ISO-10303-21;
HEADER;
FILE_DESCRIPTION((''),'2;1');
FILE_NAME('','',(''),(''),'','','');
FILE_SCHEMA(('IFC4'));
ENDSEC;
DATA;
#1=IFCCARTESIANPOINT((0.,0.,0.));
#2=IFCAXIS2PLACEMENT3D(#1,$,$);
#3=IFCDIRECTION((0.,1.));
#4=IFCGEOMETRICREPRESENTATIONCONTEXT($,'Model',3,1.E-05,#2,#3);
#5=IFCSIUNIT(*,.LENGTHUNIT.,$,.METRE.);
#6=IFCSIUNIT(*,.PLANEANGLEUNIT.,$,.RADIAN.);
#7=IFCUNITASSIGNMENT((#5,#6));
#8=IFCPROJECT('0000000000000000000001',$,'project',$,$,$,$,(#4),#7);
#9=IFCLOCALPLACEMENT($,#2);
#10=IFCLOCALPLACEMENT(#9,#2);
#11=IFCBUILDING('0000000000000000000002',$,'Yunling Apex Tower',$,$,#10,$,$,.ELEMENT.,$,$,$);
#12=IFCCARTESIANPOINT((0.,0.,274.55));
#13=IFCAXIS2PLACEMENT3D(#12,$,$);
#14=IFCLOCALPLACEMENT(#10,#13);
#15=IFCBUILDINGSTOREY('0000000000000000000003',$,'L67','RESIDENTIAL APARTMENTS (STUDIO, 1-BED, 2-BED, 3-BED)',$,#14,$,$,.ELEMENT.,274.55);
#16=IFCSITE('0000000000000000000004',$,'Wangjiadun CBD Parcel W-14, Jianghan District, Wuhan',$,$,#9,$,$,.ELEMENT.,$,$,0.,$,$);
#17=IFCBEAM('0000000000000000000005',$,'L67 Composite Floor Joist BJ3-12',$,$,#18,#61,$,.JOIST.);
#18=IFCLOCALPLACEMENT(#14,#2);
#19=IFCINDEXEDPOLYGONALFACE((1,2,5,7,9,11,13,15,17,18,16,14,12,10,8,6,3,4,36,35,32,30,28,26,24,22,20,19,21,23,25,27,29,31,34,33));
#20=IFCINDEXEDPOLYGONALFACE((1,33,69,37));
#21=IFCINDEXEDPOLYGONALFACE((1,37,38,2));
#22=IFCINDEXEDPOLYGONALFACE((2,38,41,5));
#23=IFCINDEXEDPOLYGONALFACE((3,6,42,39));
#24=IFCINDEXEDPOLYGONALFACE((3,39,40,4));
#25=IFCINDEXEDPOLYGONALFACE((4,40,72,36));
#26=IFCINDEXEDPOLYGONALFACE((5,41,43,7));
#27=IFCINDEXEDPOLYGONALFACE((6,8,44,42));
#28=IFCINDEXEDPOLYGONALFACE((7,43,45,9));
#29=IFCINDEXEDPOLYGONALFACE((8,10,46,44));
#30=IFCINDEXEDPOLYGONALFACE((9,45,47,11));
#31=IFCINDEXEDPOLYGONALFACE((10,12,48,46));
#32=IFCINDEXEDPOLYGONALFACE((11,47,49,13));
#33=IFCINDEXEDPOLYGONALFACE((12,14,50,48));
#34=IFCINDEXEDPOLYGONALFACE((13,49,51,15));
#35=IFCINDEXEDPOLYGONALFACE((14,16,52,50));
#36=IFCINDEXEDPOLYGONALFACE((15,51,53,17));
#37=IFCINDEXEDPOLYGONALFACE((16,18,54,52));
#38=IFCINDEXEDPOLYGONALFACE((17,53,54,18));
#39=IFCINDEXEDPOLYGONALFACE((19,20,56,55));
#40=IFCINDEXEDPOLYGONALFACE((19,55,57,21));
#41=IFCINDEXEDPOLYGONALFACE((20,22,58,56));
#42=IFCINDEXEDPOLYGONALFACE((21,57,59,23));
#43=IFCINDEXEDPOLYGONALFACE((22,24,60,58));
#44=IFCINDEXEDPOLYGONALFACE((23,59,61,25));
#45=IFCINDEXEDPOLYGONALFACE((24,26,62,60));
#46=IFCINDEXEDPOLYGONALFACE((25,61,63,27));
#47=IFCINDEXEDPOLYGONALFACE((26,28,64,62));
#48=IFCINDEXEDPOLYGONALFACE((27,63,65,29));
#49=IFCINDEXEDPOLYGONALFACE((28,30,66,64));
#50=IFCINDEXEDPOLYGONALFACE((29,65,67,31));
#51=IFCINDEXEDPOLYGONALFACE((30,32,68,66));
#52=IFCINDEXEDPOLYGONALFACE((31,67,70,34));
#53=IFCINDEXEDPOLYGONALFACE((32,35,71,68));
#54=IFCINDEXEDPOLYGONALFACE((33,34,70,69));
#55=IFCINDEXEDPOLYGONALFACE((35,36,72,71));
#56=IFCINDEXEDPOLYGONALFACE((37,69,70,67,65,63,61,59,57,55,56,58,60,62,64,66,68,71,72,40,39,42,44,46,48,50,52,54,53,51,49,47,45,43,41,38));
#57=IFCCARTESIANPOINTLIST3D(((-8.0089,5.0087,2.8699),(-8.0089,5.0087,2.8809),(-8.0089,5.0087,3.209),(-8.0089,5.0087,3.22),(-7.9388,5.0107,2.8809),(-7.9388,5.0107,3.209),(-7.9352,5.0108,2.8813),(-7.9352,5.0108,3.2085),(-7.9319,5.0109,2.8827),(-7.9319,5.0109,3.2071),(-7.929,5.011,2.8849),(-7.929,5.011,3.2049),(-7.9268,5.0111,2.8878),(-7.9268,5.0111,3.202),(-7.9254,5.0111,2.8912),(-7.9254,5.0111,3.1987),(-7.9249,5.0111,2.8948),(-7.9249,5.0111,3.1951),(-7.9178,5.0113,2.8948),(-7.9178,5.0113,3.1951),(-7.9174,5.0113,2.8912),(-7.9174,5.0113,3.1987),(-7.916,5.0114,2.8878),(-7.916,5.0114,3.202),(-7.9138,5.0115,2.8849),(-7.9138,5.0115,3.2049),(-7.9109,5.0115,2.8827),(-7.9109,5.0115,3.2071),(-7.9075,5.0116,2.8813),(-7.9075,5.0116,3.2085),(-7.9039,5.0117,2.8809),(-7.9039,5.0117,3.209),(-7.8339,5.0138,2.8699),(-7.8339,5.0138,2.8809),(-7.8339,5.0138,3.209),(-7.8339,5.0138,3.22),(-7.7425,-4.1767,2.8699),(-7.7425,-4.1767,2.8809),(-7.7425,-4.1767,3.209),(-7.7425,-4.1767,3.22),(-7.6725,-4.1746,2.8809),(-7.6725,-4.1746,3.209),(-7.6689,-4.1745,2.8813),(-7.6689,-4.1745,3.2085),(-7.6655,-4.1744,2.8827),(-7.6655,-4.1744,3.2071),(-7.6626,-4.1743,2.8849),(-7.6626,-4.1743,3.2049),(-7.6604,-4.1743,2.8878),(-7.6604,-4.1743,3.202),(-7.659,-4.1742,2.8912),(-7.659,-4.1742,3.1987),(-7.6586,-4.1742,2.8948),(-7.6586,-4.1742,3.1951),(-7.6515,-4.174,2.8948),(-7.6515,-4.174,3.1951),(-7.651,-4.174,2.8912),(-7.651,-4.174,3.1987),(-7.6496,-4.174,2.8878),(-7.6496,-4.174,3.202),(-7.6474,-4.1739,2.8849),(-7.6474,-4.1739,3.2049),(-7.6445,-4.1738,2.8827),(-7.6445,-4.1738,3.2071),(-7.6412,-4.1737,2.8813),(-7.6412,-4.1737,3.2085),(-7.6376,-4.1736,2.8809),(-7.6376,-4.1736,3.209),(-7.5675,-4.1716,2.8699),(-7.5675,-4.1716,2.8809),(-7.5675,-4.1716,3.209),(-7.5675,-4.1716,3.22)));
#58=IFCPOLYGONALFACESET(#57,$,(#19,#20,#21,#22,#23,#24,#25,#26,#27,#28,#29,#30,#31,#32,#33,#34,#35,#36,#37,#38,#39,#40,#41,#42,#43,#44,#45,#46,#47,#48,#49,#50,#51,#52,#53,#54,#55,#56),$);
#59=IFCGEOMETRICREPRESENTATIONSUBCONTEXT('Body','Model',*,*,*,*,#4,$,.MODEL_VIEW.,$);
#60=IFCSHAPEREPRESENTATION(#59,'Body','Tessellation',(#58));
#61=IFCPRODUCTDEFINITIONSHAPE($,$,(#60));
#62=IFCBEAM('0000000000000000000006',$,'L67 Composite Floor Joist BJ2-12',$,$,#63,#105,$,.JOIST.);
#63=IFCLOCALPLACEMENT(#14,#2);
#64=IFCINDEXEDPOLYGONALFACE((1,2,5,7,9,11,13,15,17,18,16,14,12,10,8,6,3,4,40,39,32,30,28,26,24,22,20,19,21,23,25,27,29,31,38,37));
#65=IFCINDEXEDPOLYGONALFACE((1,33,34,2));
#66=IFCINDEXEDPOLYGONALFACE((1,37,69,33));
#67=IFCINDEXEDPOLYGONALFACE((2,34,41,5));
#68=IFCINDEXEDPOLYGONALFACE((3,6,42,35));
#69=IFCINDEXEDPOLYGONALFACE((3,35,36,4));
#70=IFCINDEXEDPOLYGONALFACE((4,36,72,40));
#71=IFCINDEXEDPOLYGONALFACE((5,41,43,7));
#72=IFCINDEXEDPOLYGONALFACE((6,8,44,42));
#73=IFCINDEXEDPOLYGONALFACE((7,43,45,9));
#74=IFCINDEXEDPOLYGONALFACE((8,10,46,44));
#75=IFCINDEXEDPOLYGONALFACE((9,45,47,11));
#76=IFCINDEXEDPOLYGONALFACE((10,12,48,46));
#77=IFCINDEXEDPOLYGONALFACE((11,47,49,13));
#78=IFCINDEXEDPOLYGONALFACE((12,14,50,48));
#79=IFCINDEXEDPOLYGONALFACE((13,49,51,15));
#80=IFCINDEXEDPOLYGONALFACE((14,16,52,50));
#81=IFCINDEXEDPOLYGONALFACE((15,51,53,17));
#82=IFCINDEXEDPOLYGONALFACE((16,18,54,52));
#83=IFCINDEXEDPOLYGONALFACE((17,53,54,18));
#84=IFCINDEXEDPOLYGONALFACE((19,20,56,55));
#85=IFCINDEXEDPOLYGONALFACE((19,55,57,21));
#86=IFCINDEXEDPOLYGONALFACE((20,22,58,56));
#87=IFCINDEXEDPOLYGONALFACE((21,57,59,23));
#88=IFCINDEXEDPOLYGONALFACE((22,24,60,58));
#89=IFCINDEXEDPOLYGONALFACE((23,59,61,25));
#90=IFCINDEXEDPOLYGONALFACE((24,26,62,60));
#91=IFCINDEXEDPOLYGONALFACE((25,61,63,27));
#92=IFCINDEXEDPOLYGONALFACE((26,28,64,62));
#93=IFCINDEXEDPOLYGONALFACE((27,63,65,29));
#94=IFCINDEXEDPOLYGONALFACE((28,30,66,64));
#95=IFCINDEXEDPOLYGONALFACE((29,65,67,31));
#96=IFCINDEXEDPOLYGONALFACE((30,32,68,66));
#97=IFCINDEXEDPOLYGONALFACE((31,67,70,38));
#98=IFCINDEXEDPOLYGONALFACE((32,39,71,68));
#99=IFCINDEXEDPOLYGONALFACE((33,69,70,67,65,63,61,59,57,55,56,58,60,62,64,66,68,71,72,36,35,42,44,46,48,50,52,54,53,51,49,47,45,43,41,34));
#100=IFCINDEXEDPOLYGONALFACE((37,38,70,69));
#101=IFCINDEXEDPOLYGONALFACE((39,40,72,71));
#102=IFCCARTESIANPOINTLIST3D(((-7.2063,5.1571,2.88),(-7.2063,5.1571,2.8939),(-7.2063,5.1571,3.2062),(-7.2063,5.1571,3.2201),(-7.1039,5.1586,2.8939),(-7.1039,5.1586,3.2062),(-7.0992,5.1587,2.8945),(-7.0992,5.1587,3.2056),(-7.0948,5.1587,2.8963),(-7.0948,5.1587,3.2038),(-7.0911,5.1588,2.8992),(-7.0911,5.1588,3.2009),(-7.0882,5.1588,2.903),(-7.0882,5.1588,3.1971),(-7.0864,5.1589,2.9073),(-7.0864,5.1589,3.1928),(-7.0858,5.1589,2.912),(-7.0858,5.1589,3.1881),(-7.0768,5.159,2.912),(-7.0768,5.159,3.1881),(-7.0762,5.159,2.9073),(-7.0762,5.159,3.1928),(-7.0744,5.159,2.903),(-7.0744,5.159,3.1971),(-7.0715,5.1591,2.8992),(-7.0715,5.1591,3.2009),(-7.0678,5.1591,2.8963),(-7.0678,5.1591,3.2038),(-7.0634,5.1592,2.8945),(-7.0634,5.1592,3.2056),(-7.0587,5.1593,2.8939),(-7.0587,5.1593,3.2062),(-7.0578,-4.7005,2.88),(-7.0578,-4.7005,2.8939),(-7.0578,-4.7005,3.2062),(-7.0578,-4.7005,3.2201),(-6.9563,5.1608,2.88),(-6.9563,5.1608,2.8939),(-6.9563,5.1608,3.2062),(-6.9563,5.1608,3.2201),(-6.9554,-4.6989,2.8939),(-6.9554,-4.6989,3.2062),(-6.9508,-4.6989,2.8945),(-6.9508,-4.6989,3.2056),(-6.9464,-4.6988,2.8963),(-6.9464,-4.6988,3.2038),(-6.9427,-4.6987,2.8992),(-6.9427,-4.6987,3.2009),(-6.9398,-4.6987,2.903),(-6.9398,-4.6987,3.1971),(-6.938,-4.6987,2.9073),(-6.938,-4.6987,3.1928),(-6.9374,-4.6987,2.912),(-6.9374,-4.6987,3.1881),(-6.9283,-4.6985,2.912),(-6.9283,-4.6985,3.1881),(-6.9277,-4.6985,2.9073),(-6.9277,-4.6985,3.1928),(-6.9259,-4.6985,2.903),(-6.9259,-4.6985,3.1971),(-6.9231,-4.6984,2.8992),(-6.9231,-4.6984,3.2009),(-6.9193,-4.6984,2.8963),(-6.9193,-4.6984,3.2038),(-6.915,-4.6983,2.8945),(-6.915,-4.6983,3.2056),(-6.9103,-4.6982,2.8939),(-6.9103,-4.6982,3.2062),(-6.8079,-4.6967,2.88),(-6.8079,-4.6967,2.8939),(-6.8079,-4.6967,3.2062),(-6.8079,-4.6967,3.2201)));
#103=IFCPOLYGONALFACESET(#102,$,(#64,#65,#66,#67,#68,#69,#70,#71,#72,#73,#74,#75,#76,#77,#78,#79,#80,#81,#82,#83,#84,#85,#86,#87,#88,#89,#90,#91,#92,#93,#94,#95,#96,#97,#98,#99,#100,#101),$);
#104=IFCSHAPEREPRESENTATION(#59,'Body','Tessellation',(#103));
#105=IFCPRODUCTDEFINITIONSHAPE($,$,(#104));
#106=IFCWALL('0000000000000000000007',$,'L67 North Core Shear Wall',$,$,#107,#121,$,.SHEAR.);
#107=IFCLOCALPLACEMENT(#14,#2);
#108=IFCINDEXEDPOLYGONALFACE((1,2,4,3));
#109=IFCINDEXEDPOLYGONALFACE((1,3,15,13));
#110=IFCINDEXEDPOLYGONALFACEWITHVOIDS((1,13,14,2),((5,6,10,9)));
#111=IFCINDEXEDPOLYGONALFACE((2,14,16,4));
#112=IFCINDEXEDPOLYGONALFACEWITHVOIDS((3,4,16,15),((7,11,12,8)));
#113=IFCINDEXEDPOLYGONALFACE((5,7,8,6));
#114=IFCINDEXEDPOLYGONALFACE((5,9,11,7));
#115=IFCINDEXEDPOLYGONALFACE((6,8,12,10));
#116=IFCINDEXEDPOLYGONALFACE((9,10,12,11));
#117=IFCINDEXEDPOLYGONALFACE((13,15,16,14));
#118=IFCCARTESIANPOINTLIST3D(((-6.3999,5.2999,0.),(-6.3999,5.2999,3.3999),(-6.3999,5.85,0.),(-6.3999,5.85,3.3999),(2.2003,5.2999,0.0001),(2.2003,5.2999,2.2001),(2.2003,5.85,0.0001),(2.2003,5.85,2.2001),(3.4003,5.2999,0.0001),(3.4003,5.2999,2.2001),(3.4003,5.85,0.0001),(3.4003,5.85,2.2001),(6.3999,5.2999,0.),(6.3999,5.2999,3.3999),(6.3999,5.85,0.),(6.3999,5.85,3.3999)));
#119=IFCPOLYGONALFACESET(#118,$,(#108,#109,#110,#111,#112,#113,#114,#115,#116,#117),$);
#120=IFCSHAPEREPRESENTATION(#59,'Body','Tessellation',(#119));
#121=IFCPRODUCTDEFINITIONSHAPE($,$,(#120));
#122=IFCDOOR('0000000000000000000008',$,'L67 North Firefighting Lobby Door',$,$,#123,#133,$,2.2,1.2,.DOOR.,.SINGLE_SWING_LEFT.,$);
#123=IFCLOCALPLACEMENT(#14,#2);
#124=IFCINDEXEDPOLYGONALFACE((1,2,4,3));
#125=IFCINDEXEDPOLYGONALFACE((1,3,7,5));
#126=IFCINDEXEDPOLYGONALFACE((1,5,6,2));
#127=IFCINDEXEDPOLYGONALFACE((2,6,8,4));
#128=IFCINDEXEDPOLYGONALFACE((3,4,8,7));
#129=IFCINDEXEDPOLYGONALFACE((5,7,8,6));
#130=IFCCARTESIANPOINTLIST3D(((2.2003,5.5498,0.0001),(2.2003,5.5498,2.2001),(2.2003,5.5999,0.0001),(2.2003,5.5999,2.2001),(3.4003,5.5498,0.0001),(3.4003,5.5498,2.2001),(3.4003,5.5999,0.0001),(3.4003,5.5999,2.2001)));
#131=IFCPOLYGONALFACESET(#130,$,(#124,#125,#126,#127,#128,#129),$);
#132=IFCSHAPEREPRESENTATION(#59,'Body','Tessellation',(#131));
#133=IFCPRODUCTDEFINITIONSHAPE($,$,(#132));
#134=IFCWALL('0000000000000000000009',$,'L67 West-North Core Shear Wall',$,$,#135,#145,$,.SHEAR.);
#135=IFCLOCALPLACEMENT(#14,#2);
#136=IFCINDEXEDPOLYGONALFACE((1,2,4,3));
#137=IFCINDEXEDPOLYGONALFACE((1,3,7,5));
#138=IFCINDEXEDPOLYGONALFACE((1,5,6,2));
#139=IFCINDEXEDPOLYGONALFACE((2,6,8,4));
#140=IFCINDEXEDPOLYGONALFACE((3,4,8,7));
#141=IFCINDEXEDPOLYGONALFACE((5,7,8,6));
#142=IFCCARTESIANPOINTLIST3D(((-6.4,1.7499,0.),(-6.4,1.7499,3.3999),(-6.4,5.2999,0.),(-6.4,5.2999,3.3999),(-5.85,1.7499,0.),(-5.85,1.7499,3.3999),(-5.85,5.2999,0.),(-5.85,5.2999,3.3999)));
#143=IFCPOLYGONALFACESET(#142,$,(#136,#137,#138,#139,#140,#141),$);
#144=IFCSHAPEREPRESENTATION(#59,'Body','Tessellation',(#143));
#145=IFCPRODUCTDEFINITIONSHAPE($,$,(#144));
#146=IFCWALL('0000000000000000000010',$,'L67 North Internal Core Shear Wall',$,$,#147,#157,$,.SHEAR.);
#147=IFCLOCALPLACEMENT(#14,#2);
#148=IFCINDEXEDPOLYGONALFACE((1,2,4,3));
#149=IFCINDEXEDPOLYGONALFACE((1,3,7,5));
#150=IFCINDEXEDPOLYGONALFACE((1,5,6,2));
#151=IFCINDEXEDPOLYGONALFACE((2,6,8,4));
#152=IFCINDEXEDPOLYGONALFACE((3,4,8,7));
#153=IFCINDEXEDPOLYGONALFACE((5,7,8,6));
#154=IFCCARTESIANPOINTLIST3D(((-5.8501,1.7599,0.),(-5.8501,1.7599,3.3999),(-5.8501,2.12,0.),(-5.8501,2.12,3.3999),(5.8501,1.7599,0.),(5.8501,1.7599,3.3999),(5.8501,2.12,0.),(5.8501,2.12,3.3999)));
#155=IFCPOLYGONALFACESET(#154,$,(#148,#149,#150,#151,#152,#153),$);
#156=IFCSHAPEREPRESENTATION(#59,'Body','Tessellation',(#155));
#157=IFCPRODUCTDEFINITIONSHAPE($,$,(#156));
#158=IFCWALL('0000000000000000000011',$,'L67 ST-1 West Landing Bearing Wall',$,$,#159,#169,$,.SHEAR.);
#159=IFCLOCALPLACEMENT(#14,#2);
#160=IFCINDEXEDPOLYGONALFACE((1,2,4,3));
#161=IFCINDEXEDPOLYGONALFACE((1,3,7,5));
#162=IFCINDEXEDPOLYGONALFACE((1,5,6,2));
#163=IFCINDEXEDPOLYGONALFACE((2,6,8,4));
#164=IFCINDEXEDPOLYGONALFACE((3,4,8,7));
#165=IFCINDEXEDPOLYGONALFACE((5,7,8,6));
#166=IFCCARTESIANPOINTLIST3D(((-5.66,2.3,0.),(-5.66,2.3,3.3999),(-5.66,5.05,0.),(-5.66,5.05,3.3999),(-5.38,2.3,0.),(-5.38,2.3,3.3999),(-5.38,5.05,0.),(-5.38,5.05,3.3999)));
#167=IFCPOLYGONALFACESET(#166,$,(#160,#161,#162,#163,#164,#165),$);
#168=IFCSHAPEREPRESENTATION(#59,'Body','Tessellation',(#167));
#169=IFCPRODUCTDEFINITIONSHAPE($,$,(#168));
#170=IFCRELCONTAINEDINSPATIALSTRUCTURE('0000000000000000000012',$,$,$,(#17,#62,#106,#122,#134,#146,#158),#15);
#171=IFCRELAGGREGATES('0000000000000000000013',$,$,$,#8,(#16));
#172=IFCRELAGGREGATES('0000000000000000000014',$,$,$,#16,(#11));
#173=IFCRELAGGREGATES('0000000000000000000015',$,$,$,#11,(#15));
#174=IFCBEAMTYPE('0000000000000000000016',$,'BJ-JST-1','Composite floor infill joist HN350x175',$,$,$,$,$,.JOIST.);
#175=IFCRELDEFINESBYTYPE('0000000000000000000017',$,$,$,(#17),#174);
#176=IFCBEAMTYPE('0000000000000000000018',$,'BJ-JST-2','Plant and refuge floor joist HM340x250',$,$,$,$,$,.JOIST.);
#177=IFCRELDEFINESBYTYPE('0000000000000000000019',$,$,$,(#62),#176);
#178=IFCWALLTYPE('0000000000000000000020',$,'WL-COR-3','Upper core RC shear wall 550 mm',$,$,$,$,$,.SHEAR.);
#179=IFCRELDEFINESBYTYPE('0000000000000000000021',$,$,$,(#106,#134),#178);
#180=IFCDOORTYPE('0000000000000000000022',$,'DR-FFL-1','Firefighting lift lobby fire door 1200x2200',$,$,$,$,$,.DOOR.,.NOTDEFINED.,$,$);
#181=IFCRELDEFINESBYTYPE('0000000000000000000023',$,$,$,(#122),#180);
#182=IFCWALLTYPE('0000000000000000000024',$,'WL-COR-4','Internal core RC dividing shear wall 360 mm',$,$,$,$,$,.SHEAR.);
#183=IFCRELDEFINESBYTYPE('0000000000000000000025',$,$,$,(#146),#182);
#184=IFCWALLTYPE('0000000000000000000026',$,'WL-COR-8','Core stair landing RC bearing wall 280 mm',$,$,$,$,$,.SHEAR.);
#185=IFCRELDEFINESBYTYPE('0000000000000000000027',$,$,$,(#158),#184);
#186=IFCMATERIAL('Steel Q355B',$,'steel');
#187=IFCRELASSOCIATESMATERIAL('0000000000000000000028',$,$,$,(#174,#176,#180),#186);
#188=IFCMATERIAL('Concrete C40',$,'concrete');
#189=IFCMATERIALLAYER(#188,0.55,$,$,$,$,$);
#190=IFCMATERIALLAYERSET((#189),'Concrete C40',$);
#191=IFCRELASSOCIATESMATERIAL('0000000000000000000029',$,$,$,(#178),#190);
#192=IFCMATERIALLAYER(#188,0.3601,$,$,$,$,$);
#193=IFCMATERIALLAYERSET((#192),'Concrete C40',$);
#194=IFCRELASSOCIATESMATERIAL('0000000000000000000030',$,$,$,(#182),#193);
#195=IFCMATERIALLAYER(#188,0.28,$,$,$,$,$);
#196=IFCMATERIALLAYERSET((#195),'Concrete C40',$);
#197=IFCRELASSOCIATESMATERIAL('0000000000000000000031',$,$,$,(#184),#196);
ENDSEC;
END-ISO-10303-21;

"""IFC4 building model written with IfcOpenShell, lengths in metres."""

from ifc_helpers import new_model, si_unit, direction, frame, frame_2d, origin, origin_2d, place, context, subcontext, project, spatial, rectangle, i_section, extrude, source, transform, mapped, material, layer, layer_set, material_profile, profile_set, type_object, element, fill, save


model = new_model("IFC4")

# Units and contexts
model_context = context("Model", 3, precision=1e-05, world=origin(), true_north=direction((0.0, 1.0)))
body_context = subcontext(model_context, "Body", "Model", "MODEL_VIEW")
ifc_project = project(units=[si_unit("LENGTHUNIT", "METRE"), si_unit("PLANEANGLEUNIT", "RADIAN")], contexts=[model_context])

# Site, building, storey
site_placement = place(None, origin())
site = spatial("IfcSite", under=ifc_project, at=site_placement, Name="Wangjiadun CBD Parcel W-14, Jianghan District, Wuhan", CompositionType="ELEMENT", RefElevation=0.0)
building_placement = place(site_placement, origin())
building = spatial("IfcBuilding", under=site, at=building_placement, Name="Yunling Apex Tower", CompositionType="ELEMENT")
storey_placement = place(building_placement, frame((0.0, 0.0, 274.55)))
storey = spatial("IfcBuildingStorey", under=building, at=storey_placement, Name="L67", Description="RESIDENTIAL APARTMENTS (STUDIO, 1-BED, 2-BED, 3-BED)", CompositionType="ELEMENT", Elevation=274.55)

# Beams
ifc_material_1 = material(Name="Steel Q355B", Category="steel")
ifc_material_profile_1 = material_profile(ifc_material_1, i_section(OverallWidth=0.175, OverallDepth=0.3501, WebThickness=0.0071, FlangeThickness=0.011, FilletRadius=0.0139, at=origin_2d()))
ifc_profile_set_1 = profile_set([ifc_material_profile_1], Name="Steel Q355B")
beam_type_1 = type_object("IfcBeamType", Name="BJ-JST-1", Description="Composite floor infill joist HN350x175", PredefinedType="JOIST", material=ifc_profile_set_1)
shared_shape_1 = source(origin(), body_context, "Body", "SweptSolid", [
    extrude(i_section(OverallWidth=0.175, OverallDepth=0.3501, WebThickness=0.0071, FlangeThickness=0.011, FilletRadius=0.0139, at=origin_2d()), origin(), (0.0, 0.0, 1.0), 9.1892),
])
beam_1_placement = place(storey_placement, frame((-7.9214, 5.0112, 3.0449), z_axis=(0.028986, -0.99958, 0.0), x_axis=(0.99958, 0.028986, 0.0)))
element("IfcBeam", 1, at=beam_1_placement, inside=storey, type_object=beam_type_1, Name="L67 Composite Floor Joist BJ3-12", PredefinedType="JOIST", context=body_context, shape_type="MappedRepresentation", body=[
    mapped(shared_shape_1, transform((0.0, 0.0, 0.0), scale=1.0)),
])
ifc_material_profile_2 = material_profile(ifc_material_1, i_section(OverallWidth=0.25, OverallDepth=0.3401, WebThickness=0.009, FlangeThickness=0.0139, FilletRadius=0.0181, at=origin_2d()))
ifc_profile_set_2 = profile_set([ifc_material_profile_2], Name="Steel Q355B")
beam_type_2 = type_object("IfcBeamType", Name="BJ-JST-2", Description="Plant and refuge floor joist HM340x250", PredefinedType="JOIST", material=ifc_profile_set_2)
shared_shape_2 = source(origin(), body_context, "Body", "SweptSolid", [
    extrude(i_section(OverallWidth=0.25, OverallDepth=0.3401, WebThickness=0.009, FlangeThickness=0.0139, FilletRadius=0.0181, at=origin_2d()), origin(), (0.0, 0.0, 1.0), 9.8586),
])
beam_2_placement = place(storey_placement, frame((-7.0813, 5.1589, 3.05), z_axis=(0.015057, -0.999887, 0.0), x_axis=(0.999887, 0.015057, 0.0)))
element("IfcBeam", 2, at=beam_2_placement, inside=storey, type_object=beam_type_2, Name="L67 Composite Floor Joist BJ2-12", PredefinedType="JOIST", context=body_context, shape_type="MappedRepresentation", body=[
    mapped(shared_shape_2, transform((0.0, 0.0, 0.0), scale=1.0)),
])

# Wall, opening, door
ifc_material_2 = material(Name="Concrete C40", Category="concrete")
ifc_layer_1 = layer(ifc_material_2, 0.55)
ifc_layer_set_1 = layer_set([ifc_layer_1], Name="Concrete C40")
wall_type_1 = type_object("IfcWallType", Name="WL-COR-3", Description="Upper core RC shear wall 550 mm", PredefinedType="SHEAR", material=ifc_layer_set_1)
wall_1_placement = place(storey_placement, frame((-6.3999, 5.575, 0.0), z_axis=(0.0, 0.0, 1.0), x_axis=(1.0, 0.0, 0.0)))
wall_1 = element("IfcWall", 3, at=wall_1_placement, inside=storey, type_object=wall_type_1, Name="L67 North Core Shear Wall", PredefinedType="SHEAR", context=body_context, shape_type="SweptSolid", body=[
    extrude(rectangle(XDim=12.7998, YDim=0.55, at=frame_2d((6.3999, 0.0))), origin(), (0.0, 0.0, 1.0), 3.3999),
])
opening_1_placement = place(wall_1_placement, frame((8.6001, 0.0, 0.0)))
opening_1 = element("IfcOpeningElement", 4, at=opening_1_placement, cuts=wall_1, PredefinedType="OPENING", context=body_context, shape_type="SweptSolid", body=[
    extrude(rectangle(XDim=1.2, YDim=2.2, at=frame_2d((0.6001, 1.1001))), frame((0.0, 0.2852, 0.0), z_axis=(0.0, -1.0, 0.0), x_axis=(1.0, 0.0, 0.0)), (0.0, 0.0, 1.0), 0.5701),
])
door_type_1 = type_object("IfcDoorType", Name="DR-FFL-1", Description="Firefighting lift lobby fire door 1200x2200", OperationType="NOTDEFINED", PredefinedType="DOOR", material=ifc_material_1)
door_1_placement = place(opening_1_placement, origin())
door_1 = element("IfcDoor", 5, at=door_1_placement, inside=storey, type_object=door_type_1, Name="L67 North Firefighting Lobby Door", OperationType="SINGLE_SWING_LEFT", OverallHeight=2.2, OverallWidth=1.2, PredefinedType="DOOR", context=body_context, shape_type="SweptSolid", body=[
    extrude(rectangle(XDim=1.2, YDim=2.2, at=frame_2d((0.6001, 1.1001))), frame((0.0, 0.0249, 0.0), z_axis=(0.0, -1.0, 0.0), x_axis=(1.0, 0.0, 0.0)), (0.0, 0.0, 1.0), 0.05),
])
fill(opening_1, door_1)

# Walls
wall_2_placement = place(storey_placement, frame((-6.125, 1.75, 0.0), z_axis=(0.0, 0.0, 1.0), x_axis=(0.0, 1.0, 0.0)))
element("IfcWall", 6, at=wall_2_placement, inside=storey, type_object=wall_type_1, Name="L67 West-North Core Shear Wall", PredefinedType="SHEAR", context=body_context, shape_type="SweptSolid", body=[
    extrude(rectangle(XDim=3.55, YDim=0.55, at=frame_2d((1.7749, 0.0))), origin(), (0.0, 0.0, 1.0), 3.3999),
])
ifc_layer_2 = layer(ifc_material_2, 0.3601)
ifc_layer_set_2 = layer_set([ifc_layer_2], Name="Concrete C40")
wall_type_2 = type_object("IfcWallType", Name="WL-COR-4", Description="Internal core RC dividing shear wall 360 mm", PredefinedType="SHEAR", material=ifc_layer_set_2)
wall_3_placement = place(storey_placement, frame((-5.8501, 1.9399, 0.0), z_axis=(0.0, 0.0, 1.0), x_axis=(1.0, 0.0, 0.0)))
element("IfcWall", 7, at=wall_3_placement, inside=storey, type_object=wall_type_2, Name="L67 North Internal Core Shear Wall", PredefinedType="SHEAR", context=body_context, shape_type="SweptSolid", body=[
    extrude(rectangle(XDim=11.7002, YDim=0.3601, at=frame_2d((5.8501, 0.0))), origin(), (0.0, 0.0, 1.0), 3.3999),
])
ifc_layer_3 = layer(ifc_material_2, 0.28)
ifc_layer_set_3 = layer_set([ifc_layer_3], Name="Concrete C40")
wall_type_3 = type_object("IfcWallType", Name="WL-COR-8", Description="Core stair landing RC bearing wall 280 mm", PredefinedType="SHEAR", material=ifc_layer_set_3)
wall_4_placement = place(storey_placement, frame((-5.52, 2.3, 0.0), z_axis=(0.0, 0.0, 1.0), x_axis=(0.0, 1.0, 0.0)))
element("IfcWall", 8, at=wall_4_placement, inside=storey, type_object=wall_type_3, Name="L67 ST-1 West Landing Bearing Wall", PredefinedType="SHEAR", context=body_context, shape_type="SweptSolid", body=[
    extrude(rectangle(XDim=2.75, YDim=0.28, at=frame_2d((1.375, 0.0))), origin(), (0.0, 0.0, 1.0), 3.3999),
])

save(model, "model.ifc")
